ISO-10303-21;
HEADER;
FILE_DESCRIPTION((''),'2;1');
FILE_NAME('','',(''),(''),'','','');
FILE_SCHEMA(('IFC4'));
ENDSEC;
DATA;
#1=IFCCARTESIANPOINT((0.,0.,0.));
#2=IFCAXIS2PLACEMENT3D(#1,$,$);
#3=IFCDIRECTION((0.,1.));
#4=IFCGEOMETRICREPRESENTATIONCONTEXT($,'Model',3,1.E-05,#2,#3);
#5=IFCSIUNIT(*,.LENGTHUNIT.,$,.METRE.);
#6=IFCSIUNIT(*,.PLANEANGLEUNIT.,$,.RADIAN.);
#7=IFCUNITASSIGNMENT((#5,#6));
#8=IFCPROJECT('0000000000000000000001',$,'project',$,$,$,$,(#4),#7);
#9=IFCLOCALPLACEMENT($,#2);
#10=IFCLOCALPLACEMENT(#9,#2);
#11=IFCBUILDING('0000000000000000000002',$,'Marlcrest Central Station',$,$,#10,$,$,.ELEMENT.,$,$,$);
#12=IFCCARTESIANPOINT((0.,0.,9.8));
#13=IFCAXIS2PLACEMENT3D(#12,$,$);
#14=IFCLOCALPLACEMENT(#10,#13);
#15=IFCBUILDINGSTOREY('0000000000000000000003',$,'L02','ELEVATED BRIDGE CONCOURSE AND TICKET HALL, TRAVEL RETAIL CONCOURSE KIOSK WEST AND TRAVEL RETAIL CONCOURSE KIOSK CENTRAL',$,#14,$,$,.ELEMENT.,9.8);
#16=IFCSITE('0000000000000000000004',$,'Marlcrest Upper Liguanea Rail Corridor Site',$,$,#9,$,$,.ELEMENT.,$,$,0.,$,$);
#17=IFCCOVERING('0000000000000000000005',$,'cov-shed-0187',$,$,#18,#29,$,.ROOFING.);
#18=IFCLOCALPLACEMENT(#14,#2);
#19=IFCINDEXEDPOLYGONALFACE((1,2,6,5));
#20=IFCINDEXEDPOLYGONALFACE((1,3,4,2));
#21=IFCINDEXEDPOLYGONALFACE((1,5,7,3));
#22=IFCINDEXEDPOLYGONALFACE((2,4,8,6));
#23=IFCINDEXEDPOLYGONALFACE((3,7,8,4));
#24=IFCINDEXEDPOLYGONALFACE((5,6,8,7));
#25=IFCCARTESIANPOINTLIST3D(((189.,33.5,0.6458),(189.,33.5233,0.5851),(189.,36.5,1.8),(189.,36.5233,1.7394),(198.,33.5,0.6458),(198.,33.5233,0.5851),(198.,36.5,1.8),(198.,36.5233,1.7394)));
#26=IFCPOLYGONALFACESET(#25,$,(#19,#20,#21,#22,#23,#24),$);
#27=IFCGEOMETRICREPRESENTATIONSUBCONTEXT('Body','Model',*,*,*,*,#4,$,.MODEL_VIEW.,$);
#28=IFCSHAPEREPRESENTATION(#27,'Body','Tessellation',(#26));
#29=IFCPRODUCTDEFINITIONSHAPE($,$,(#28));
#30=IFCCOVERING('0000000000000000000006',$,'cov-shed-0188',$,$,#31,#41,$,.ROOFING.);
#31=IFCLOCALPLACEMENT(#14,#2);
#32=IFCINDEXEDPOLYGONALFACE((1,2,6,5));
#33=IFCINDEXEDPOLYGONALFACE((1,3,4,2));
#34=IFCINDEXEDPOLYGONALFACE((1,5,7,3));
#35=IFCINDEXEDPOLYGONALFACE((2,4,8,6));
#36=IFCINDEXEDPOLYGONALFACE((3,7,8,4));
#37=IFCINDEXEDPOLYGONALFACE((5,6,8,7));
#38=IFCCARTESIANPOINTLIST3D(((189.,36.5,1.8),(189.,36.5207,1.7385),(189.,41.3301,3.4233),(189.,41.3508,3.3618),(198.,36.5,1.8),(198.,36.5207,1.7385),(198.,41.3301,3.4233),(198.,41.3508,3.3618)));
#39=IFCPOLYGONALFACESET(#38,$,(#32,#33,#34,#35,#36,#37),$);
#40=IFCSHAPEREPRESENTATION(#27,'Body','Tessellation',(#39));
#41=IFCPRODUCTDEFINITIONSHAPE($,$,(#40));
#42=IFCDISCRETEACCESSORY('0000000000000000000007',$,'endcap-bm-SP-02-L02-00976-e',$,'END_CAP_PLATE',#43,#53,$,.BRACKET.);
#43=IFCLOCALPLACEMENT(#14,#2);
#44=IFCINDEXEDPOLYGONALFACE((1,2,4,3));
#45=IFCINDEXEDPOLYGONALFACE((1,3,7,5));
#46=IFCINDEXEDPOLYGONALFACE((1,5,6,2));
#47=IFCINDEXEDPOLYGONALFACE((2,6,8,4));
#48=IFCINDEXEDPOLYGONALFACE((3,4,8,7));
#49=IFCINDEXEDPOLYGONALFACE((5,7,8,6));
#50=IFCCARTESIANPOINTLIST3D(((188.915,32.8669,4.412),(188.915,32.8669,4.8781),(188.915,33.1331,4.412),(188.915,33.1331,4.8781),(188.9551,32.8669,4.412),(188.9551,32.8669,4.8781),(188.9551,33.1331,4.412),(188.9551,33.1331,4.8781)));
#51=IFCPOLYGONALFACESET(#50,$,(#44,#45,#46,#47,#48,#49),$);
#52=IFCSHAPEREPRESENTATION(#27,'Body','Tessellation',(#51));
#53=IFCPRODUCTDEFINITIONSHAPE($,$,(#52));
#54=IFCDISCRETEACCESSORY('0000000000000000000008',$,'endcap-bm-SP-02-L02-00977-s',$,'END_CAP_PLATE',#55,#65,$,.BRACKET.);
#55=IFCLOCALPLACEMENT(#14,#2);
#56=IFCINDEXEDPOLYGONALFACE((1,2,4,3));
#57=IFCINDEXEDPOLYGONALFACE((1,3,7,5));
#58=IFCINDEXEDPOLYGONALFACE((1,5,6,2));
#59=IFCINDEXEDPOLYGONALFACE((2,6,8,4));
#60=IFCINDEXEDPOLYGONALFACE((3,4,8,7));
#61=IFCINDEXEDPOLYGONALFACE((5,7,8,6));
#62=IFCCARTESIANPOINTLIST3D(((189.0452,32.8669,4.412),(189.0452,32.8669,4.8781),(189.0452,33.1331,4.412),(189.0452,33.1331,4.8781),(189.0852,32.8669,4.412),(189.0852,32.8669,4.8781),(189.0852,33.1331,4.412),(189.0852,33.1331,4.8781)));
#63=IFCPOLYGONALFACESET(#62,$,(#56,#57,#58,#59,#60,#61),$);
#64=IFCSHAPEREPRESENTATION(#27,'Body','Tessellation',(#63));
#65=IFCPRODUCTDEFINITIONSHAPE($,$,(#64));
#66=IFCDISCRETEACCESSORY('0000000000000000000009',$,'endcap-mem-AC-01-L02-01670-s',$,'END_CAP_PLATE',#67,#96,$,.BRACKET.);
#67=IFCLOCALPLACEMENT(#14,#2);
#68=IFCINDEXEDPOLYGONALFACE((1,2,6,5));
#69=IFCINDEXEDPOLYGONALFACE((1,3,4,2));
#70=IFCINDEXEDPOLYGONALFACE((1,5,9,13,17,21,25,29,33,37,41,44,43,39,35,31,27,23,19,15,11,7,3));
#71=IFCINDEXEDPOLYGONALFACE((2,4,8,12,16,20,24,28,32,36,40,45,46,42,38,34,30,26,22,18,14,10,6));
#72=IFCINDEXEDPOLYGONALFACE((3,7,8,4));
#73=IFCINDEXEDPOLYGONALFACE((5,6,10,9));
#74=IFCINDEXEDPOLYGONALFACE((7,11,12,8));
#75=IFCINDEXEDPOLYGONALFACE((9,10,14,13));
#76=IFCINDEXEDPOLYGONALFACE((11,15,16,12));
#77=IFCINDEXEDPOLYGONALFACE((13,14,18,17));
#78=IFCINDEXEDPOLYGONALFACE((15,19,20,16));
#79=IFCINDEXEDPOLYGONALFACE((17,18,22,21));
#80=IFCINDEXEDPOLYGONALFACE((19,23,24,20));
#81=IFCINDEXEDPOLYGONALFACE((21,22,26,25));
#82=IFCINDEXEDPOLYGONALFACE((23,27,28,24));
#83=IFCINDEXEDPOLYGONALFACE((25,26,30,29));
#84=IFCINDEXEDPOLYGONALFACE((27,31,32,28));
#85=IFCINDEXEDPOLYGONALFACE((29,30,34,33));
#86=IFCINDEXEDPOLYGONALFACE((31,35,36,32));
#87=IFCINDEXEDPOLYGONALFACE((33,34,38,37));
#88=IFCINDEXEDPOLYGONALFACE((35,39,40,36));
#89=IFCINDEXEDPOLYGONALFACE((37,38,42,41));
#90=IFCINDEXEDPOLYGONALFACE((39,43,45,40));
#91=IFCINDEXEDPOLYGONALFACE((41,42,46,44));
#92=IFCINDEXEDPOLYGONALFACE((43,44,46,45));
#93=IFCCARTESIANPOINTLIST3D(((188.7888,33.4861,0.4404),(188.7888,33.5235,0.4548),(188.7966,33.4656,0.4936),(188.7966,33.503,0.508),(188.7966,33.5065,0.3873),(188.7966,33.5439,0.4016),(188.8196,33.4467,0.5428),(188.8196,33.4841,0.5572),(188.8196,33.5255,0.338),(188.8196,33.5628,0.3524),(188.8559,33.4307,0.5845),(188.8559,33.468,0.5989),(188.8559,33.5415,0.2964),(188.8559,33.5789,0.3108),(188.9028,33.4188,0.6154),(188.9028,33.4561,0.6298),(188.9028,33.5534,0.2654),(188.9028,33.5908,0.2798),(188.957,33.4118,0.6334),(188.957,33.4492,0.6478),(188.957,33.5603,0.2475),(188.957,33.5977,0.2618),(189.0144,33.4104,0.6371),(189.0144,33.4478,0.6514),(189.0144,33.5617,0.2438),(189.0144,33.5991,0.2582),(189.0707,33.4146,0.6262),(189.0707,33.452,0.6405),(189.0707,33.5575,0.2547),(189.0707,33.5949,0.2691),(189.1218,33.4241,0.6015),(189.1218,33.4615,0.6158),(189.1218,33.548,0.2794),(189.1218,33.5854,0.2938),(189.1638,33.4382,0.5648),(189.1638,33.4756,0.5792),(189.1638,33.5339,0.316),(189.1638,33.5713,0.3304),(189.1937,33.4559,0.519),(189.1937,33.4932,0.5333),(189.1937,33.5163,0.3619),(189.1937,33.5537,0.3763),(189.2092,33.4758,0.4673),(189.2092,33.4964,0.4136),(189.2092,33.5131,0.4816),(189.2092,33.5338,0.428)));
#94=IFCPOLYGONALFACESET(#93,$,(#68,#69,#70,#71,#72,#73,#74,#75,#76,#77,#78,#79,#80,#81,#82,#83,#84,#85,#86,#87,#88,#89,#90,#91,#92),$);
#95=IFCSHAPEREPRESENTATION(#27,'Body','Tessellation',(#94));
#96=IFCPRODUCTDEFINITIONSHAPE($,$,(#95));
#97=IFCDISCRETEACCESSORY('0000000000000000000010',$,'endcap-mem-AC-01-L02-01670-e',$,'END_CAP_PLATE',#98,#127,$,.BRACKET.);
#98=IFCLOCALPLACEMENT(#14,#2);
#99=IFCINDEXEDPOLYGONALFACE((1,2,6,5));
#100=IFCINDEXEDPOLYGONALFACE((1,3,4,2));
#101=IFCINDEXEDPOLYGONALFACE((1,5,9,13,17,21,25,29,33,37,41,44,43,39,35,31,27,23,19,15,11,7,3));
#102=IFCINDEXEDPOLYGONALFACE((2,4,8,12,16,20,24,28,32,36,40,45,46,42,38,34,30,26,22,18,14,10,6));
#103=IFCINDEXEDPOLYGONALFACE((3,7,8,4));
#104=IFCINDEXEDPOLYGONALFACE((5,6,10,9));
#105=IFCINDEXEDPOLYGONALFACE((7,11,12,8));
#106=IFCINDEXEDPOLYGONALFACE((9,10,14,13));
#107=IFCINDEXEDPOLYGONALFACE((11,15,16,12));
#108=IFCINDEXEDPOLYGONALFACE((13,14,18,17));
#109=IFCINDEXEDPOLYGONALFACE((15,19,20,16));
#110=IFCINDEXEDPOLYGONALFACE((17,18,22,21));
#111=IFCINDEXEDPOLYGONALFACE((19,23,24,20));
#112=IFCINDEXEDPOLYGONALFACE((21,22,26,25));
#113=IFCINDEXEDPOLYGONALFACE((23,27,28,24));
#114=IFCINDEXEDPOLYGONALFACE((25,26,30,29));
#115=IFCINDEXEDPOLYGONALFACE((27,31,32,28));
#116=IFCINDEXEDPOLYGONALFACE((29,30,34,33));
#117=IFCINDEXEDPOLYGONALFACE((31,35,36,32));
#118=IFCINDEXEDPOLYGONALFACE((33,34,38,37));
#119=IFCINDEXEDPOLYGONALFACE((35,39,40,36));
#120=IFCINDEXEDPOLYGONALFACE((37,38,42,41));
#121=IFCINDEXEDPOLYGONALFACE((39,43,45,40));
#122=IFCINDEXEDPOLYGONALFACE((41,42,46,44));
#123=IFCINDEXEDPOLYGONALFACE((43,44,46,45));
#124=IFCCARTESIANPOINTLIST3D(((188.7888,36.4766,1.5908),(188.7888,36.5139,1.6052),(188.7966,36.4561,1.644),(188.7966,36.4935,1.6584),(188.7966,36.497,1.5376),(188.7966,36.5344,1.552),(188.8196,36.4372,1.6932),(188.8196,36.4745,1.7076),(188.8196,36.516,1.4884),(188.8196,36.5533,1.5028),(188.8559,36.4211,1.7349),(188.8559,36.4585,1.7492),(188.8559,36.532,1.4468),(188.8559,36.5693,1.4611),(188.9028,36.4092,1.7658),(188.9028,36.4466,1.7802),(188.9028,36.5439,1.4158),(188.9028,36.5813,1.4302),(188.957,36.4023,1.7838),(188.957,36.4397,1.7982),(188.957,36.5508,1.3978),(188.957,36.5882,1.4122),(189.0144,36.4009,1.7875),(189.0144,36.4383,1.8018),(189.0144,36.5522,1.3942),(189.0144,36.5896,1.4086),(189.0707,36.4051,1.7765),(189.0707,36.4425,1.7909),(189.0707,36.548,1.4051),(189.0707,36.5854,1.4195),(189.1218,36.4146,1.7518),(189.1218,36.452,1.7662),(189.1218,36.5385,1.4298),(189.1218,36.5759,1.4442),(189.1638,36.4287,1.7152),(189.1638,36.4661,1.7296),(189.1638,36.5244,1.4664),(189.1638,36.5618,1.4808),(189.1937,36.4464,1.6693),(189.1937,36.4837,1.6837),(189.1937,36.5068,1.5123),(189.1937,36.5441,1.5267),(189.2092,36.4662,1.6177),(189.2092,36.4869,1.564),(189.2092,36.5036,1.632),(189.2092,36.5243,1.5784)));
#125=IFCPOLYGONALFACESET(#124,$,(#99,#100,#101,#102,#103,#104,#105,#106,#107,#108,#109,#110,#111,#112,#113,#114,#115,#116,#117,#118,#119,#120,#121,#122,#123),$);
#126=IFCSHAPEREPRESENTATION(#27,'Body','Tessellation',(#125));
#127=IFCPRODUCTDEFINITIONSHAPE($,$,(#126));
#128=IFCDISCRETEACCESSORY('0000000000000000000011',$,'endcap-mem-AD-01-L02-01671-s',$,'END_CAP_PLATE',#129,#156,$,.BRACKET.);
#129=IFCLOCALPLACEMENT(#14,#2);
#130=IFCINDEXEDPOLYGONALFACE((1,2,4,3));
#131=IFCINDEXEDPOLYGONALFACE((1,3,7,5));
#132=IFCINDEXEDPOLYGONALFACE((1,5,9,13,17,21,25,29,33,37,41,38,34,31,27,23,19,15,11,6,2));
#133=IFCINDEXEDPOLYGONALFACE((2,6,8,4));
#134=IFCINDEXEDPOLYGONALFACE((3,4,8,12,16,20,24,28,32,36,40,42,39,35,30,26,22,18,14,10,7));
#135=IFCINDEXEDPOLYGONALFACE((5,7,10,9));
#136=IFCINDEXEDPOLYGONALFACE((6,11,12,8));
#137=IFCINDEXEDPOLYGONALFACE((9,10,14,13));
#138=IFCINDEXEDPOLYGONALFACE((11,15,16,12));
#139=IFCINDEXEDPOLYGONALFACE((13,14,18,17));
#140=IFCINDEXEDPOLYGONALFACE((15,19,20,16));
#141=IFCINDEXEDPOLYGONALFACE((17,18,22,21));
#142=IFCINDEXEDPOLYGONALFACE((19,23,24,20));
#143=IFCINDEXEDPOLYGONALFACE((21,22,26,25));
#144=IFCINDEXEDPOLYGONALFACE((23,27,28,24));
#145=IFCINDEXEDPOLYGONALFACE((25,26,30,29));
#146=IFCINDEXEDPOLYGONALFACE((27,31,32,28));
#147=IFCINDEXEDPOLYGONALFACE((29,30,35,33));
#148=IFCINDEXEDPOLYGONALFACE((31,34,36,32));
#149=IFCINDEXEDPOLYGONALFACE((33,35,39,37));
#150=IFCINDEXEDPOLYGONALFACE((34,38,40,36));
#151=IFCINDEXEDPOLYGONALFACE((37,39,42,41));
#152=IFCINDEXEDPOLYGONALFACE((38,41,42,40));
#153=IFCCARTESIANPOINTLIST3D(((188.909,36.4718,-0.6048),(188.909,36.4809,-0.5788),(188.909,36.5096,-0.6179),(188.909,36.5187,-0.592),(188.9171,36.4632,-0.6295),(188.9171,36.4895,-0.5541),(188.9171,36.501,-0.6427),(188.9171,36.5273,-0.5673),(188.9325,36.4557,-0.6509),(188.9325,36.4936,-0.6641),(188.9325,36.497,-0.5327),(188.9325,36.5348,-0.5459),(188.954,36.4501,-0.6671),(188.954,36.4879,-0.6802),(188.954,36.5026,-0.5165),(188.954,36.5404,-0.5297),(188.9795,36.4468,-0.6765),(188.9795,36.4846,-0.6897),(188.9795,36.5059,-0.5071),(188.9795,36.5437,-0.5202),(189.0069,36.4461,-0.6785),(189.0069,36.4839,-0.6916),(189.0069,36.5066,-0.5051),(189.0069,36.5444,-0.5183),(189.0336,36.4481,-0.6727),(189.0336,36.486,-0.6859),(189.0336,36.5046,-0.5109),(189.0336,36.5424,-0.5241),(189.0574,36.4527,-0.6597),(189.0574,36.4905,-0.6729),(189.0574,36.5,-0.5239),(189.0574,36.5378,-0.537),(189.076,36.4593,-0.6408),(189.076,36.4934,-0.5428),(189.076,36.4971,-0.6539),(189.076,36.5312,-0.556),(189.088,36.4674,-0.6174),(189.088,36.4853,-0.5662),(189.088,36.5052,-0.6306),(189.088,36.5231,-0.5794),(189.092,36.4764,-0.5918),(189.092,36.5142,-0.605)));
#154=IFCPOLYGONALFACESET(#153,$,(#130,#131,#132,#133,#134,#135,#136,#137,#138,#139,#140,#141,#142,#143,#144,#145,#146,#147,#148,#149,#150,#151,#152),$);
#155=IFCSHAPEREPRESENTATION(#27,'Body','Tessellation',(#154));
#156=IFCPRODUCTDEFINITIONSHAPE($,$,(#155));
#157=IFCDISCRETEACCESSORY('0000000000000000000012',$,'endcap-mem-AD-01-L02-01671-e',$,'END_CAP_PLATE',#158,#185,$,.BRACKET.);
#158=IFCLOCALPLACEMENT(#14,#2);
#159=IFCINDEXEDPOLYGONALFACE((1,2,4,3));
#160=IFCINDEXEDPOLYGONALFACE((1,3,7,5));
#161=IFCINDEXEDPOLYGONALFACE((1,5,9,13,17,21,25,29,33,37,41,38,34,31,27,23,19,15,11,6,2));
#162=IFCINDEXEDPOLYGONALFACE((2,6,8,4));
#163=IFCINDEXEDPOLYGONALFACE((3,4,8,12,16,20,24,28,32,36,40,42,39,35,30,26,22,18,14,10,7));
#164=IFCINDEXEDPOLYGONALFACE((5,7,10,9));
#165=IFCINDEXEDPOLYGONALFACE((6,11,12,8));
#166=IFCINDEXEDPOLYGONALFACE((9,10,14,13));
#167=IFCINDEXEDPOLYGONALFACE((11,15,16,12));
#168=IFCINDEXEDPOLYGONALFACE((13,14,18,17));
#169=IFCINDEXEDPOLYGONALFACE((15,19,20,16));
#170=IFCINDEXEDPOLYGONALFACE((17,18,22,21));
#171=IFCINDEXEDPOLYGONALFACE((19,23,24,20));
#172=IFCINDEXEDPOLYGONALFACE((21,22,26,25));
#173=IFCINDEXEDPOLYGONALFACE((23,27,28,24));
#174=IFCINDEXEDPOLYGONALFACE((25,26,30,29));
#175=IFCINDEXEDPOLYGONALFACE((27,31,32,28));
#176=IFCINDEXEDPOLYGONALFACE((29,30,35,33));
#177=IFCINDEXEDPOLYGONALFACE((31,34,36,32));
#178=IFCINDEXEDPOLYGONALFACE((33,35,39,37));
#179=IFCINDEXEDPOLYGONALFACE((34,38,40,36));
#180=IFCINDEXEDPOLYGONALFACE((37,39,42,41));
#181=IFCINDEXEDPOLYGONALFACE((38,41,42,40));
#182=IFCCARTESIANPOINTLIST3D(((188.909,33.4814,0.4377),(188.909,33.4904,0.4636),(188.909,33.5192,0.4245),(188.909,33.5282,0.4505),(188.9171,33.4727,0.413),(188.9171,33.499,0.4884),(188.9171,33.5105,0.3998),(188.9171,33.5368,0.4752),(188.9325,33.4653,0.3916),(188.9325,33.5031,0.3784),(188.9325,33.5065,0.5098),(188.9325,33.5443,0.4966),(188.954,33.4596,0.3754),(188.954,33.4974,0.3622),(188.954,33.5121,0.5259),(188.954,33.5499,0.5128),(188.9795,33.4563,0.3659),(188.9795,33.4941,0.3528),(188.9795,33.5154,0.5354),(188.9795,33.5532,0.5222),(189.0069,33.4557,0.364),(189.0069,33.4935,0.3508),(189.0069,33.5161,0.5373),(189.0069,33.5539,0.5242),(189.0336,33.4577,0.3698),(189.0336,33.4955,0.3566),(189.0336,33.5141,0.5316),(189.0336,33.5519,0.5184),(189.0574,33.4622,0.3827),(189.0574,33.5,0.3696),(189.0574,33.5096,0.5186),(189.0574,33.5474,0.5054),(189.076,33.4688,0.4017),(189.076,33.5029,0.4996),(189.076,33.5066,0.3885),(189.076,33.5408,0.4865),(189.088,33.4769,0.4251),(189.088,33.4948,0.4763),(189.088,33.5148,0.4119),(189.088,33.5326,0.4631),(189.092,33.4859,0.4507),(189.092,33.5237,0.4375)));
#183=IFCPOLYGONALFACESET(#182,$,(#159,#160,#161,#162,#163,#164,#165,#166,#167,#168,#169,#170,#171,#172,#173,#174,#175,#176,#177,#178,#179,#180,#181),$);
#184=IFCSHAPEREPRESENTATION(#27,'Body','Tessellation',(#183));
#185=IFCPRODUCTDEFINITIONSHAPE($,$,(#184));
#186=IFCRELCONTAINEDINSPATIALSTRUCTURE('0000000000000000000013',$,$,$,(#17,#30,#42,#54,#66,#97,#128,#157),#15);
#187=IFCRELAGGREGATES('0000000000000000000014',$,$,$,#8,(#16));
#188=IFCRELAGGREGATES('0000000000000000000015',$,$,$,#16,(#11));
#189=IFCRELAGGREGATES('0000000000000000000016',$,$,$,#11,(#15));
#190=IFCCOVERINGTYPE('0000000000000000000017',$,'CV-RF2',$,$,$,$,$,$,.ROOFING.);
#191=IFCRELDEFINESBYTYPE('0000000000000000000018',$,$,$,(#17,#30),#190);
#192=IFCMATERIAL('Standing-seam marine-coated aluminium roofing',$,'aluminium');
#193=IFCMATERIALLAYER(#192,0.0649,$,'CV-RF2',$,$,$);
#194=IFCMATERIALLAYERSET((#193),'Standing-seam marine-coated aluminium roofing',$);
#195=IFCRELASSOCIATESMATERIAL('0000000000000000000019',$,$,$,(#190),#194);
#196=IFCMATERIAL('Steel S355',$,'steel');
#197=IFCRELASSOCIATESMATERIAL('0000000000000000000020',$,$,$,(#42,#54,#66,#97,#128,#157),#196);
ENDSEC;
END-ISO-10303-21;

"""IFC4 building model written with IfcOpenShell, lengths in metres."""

from ifc_helpers import new_model, si_unit, direction, frame, origin, origin_2d, place, context, subcontext, project, spatial, polyline, rectangle, circle, outline, extrude, material, layer, layer_set, type_object, element, save


model = new_model("IFC4")

# Units and contexts
model_context = context("Model", 3, precision=1e-05, world=origin(), true_north=direction((0.0, 1.0)))
body_context = subcontext(model_context, "Body", "Model", "MODEL_VIEW")
ifc_project = project(units=[si_unit("LENGTHUNIT", "METRE"), si_unit("PLANEANGLEUNIT", "RADIAN")], contexts=[model_context])

# Site, building, storey
site_placement = place(None, origin())
site = spatial("IfcSite", under=ifc_project, at=site_placement, Name="Marlcrest Upper Liguanea Rail Corridor Site", CompositionType="ELEMENT", RefElevation=0.0)
building_placement = place(site_placement, origin())
building = spatial("IfcBuilding", under=site, at=building_placement, Name="Marlcrest Central Station", CompositionType="ELEMENT")
storey_placement = place(building_placement, frame((0.0, 0.0, 9.8)))
storey = spatial("IfcBuildingStorey", under=building, at=storey_placement, Name="L02", Description="ELEVATED BRIDGE CONCOURSE AND TICKET HALL, TRAVEL RETAIL CONCOURSE KIOSK WEST AND TRAVEL RETAIL CONCOURSE KIOSK CENTRAL", CompositionType="ELEMENT", Elevation=9.8)

# Shared definitions
ifc_material_1 = material(Name="Steel S355", Category="steel")

# Coverings
ifc_material_2 = material(Name="Standing-seam marine-coated aluminium roofing", Category="aluminium")
ifc_layer_1 = layer(ifc_material_2, 0.0649, Name="CV-RF2")
ifc_layer_set_1 = layer_set([ifc_layer_1], Name="Standing-seam marine-coated aluminium roofing")
covering_type = type_object("IfcCoveringType", Name="CV-RF2", PredefinedType="ROOFING", material=ifc_layer_set_1)
covering_1_placement = place(storey_placement, frame((189.0, 33.5, 0.6458), z_axis=(0.0, -0.359101, 0.933299), x_axis=(1.0, 0.0, 0.0)))
element("IfcCovering", 1, at=covering_1_placement, inside=storey, type_object=covering_type, Name="cov-shed-0187", PredefinedType="ROOFING", context=body_context, shape_type="SweptSolid", body=[
    extrude(outline(polyline([(0.0, 0.0), (9.0, 0.0), (9.0, 3.2144), (0.0, 3.2144), (0.0, 0.0)])), origin(), (0.0, 0.0, -1.0), 0.0649),
])
covering_2_placement = place(storey_placement, frame((189.0, 36.5, 1.8), z_axis=(0.0, -0.31857, 0.947899), x_axis=(1.0, 0.0, 0.0)))
element("IfcCovering", 2, at=covering_2_placement, inside=storey, type_object=covering_type, Name="cov-shed-0188", PredefinedType="ROOFING", context=body_context, shape_type="SweptSolid", body=[
    extrude(outline(polyline([(0.0, 0.0), (9.0, 0.0), (9.0, 5.0956), (0.0, 5.0956), (0.0, 0.0)])), origin(), (0.0, 0.0, -1.0), 0.0649),
])

# Discrete accessories
for number, where, z_axis, x_axis, name in (
    (3, (188.915, 33.0, 4.645), (1.0, 0.0, 0.0), (0.0, 1.0, 0.0), "endcap-bm-SP-02-L02-00976-e"),
    (4, (189.0452, 33.0, 4.645), (1.0, 0.0, 0.0), (0.0, 1.0, 0.0), "endcap-bm-SP-02-L02-00977-s"),
):
    element("IfcDiscreteAccessory", number, at=place(storey_placement, frame(where, z_axis=z_axis, x_axis=x_axis)), inside=storey, material=ifc_material_1, Name=name, ObjectType="END_CAP_PLATE", PredefinedType="BRACKET", context=body_context, shape_type="SweptSolid", body=[
        extrude(rectangle(XDim=0.2661, YDim=0.4661, at=origin_2d()), origin(), (0.0, 0.0, 1.0), 0.04),
    ])
for number, where, z_axis, x_axis, name in (
    (5, (189.0, 33.4861, 0.4404), (0.0, 0.933324, 0.359035), (-1.0, 0.0, 0.0), "endcap-mem-AC-01-L02-01670-s"),
    (6, (189.0, 36.4766, 1.5908), (0.0, 0.933324, 0.359035), (-1.0, 0.0, 0.0), "endcap-mem-AC-01-L02-01670-e"),
):
    element("IfcDiscreteAccessory", number, at=place(storey_placement, frame(where, z_axis=z_axis, x_axis=x_axis)), inside=storey, material=ifc_material_1, Name=name, ObjectType="END_CAP_PLATE", PredefinedType="BRACKET", context=body_context, shape_type="SweptSolid", body=[
        extrude(circle(Radius=0.2112, at=origin_2d()), origin(), (0.0, 0.0, 1.0), 0.04),
    ])
for number, where, z_axis, x_axis, name in (
    (7, (189.0, 36.5142, -0.605), (0.0, -0.94426, 0.3292), (1.0, 0.0, 0.0), "endcap-mem-AD-01-L02-01671-s"),
    (8, (189.0, 33.5237, 0.4375), (0.0, -0.94426, 0.3292), (1.0, 0.0, 0.0), "endcap-mem-AD-01-L02-01671-e"),
):
    element("IfcDiscreteAccessory", number, at=place(storey_placement, frame(where, z_axis=z_axis, x_axis=x_axis)), inside=storey, material=ifc_material_1, Name=name, ObjectType="END_CAP_PLATE", PredefinedType="BRACKET", context=body_context, shape_type="SweptSolid", body=[
        extrude(circle(Radius=0.092, at=origin_2d()), origin(), (0.0, 0.0, 1.0), 0.04),
    ])

save(model, "model.ifc")
